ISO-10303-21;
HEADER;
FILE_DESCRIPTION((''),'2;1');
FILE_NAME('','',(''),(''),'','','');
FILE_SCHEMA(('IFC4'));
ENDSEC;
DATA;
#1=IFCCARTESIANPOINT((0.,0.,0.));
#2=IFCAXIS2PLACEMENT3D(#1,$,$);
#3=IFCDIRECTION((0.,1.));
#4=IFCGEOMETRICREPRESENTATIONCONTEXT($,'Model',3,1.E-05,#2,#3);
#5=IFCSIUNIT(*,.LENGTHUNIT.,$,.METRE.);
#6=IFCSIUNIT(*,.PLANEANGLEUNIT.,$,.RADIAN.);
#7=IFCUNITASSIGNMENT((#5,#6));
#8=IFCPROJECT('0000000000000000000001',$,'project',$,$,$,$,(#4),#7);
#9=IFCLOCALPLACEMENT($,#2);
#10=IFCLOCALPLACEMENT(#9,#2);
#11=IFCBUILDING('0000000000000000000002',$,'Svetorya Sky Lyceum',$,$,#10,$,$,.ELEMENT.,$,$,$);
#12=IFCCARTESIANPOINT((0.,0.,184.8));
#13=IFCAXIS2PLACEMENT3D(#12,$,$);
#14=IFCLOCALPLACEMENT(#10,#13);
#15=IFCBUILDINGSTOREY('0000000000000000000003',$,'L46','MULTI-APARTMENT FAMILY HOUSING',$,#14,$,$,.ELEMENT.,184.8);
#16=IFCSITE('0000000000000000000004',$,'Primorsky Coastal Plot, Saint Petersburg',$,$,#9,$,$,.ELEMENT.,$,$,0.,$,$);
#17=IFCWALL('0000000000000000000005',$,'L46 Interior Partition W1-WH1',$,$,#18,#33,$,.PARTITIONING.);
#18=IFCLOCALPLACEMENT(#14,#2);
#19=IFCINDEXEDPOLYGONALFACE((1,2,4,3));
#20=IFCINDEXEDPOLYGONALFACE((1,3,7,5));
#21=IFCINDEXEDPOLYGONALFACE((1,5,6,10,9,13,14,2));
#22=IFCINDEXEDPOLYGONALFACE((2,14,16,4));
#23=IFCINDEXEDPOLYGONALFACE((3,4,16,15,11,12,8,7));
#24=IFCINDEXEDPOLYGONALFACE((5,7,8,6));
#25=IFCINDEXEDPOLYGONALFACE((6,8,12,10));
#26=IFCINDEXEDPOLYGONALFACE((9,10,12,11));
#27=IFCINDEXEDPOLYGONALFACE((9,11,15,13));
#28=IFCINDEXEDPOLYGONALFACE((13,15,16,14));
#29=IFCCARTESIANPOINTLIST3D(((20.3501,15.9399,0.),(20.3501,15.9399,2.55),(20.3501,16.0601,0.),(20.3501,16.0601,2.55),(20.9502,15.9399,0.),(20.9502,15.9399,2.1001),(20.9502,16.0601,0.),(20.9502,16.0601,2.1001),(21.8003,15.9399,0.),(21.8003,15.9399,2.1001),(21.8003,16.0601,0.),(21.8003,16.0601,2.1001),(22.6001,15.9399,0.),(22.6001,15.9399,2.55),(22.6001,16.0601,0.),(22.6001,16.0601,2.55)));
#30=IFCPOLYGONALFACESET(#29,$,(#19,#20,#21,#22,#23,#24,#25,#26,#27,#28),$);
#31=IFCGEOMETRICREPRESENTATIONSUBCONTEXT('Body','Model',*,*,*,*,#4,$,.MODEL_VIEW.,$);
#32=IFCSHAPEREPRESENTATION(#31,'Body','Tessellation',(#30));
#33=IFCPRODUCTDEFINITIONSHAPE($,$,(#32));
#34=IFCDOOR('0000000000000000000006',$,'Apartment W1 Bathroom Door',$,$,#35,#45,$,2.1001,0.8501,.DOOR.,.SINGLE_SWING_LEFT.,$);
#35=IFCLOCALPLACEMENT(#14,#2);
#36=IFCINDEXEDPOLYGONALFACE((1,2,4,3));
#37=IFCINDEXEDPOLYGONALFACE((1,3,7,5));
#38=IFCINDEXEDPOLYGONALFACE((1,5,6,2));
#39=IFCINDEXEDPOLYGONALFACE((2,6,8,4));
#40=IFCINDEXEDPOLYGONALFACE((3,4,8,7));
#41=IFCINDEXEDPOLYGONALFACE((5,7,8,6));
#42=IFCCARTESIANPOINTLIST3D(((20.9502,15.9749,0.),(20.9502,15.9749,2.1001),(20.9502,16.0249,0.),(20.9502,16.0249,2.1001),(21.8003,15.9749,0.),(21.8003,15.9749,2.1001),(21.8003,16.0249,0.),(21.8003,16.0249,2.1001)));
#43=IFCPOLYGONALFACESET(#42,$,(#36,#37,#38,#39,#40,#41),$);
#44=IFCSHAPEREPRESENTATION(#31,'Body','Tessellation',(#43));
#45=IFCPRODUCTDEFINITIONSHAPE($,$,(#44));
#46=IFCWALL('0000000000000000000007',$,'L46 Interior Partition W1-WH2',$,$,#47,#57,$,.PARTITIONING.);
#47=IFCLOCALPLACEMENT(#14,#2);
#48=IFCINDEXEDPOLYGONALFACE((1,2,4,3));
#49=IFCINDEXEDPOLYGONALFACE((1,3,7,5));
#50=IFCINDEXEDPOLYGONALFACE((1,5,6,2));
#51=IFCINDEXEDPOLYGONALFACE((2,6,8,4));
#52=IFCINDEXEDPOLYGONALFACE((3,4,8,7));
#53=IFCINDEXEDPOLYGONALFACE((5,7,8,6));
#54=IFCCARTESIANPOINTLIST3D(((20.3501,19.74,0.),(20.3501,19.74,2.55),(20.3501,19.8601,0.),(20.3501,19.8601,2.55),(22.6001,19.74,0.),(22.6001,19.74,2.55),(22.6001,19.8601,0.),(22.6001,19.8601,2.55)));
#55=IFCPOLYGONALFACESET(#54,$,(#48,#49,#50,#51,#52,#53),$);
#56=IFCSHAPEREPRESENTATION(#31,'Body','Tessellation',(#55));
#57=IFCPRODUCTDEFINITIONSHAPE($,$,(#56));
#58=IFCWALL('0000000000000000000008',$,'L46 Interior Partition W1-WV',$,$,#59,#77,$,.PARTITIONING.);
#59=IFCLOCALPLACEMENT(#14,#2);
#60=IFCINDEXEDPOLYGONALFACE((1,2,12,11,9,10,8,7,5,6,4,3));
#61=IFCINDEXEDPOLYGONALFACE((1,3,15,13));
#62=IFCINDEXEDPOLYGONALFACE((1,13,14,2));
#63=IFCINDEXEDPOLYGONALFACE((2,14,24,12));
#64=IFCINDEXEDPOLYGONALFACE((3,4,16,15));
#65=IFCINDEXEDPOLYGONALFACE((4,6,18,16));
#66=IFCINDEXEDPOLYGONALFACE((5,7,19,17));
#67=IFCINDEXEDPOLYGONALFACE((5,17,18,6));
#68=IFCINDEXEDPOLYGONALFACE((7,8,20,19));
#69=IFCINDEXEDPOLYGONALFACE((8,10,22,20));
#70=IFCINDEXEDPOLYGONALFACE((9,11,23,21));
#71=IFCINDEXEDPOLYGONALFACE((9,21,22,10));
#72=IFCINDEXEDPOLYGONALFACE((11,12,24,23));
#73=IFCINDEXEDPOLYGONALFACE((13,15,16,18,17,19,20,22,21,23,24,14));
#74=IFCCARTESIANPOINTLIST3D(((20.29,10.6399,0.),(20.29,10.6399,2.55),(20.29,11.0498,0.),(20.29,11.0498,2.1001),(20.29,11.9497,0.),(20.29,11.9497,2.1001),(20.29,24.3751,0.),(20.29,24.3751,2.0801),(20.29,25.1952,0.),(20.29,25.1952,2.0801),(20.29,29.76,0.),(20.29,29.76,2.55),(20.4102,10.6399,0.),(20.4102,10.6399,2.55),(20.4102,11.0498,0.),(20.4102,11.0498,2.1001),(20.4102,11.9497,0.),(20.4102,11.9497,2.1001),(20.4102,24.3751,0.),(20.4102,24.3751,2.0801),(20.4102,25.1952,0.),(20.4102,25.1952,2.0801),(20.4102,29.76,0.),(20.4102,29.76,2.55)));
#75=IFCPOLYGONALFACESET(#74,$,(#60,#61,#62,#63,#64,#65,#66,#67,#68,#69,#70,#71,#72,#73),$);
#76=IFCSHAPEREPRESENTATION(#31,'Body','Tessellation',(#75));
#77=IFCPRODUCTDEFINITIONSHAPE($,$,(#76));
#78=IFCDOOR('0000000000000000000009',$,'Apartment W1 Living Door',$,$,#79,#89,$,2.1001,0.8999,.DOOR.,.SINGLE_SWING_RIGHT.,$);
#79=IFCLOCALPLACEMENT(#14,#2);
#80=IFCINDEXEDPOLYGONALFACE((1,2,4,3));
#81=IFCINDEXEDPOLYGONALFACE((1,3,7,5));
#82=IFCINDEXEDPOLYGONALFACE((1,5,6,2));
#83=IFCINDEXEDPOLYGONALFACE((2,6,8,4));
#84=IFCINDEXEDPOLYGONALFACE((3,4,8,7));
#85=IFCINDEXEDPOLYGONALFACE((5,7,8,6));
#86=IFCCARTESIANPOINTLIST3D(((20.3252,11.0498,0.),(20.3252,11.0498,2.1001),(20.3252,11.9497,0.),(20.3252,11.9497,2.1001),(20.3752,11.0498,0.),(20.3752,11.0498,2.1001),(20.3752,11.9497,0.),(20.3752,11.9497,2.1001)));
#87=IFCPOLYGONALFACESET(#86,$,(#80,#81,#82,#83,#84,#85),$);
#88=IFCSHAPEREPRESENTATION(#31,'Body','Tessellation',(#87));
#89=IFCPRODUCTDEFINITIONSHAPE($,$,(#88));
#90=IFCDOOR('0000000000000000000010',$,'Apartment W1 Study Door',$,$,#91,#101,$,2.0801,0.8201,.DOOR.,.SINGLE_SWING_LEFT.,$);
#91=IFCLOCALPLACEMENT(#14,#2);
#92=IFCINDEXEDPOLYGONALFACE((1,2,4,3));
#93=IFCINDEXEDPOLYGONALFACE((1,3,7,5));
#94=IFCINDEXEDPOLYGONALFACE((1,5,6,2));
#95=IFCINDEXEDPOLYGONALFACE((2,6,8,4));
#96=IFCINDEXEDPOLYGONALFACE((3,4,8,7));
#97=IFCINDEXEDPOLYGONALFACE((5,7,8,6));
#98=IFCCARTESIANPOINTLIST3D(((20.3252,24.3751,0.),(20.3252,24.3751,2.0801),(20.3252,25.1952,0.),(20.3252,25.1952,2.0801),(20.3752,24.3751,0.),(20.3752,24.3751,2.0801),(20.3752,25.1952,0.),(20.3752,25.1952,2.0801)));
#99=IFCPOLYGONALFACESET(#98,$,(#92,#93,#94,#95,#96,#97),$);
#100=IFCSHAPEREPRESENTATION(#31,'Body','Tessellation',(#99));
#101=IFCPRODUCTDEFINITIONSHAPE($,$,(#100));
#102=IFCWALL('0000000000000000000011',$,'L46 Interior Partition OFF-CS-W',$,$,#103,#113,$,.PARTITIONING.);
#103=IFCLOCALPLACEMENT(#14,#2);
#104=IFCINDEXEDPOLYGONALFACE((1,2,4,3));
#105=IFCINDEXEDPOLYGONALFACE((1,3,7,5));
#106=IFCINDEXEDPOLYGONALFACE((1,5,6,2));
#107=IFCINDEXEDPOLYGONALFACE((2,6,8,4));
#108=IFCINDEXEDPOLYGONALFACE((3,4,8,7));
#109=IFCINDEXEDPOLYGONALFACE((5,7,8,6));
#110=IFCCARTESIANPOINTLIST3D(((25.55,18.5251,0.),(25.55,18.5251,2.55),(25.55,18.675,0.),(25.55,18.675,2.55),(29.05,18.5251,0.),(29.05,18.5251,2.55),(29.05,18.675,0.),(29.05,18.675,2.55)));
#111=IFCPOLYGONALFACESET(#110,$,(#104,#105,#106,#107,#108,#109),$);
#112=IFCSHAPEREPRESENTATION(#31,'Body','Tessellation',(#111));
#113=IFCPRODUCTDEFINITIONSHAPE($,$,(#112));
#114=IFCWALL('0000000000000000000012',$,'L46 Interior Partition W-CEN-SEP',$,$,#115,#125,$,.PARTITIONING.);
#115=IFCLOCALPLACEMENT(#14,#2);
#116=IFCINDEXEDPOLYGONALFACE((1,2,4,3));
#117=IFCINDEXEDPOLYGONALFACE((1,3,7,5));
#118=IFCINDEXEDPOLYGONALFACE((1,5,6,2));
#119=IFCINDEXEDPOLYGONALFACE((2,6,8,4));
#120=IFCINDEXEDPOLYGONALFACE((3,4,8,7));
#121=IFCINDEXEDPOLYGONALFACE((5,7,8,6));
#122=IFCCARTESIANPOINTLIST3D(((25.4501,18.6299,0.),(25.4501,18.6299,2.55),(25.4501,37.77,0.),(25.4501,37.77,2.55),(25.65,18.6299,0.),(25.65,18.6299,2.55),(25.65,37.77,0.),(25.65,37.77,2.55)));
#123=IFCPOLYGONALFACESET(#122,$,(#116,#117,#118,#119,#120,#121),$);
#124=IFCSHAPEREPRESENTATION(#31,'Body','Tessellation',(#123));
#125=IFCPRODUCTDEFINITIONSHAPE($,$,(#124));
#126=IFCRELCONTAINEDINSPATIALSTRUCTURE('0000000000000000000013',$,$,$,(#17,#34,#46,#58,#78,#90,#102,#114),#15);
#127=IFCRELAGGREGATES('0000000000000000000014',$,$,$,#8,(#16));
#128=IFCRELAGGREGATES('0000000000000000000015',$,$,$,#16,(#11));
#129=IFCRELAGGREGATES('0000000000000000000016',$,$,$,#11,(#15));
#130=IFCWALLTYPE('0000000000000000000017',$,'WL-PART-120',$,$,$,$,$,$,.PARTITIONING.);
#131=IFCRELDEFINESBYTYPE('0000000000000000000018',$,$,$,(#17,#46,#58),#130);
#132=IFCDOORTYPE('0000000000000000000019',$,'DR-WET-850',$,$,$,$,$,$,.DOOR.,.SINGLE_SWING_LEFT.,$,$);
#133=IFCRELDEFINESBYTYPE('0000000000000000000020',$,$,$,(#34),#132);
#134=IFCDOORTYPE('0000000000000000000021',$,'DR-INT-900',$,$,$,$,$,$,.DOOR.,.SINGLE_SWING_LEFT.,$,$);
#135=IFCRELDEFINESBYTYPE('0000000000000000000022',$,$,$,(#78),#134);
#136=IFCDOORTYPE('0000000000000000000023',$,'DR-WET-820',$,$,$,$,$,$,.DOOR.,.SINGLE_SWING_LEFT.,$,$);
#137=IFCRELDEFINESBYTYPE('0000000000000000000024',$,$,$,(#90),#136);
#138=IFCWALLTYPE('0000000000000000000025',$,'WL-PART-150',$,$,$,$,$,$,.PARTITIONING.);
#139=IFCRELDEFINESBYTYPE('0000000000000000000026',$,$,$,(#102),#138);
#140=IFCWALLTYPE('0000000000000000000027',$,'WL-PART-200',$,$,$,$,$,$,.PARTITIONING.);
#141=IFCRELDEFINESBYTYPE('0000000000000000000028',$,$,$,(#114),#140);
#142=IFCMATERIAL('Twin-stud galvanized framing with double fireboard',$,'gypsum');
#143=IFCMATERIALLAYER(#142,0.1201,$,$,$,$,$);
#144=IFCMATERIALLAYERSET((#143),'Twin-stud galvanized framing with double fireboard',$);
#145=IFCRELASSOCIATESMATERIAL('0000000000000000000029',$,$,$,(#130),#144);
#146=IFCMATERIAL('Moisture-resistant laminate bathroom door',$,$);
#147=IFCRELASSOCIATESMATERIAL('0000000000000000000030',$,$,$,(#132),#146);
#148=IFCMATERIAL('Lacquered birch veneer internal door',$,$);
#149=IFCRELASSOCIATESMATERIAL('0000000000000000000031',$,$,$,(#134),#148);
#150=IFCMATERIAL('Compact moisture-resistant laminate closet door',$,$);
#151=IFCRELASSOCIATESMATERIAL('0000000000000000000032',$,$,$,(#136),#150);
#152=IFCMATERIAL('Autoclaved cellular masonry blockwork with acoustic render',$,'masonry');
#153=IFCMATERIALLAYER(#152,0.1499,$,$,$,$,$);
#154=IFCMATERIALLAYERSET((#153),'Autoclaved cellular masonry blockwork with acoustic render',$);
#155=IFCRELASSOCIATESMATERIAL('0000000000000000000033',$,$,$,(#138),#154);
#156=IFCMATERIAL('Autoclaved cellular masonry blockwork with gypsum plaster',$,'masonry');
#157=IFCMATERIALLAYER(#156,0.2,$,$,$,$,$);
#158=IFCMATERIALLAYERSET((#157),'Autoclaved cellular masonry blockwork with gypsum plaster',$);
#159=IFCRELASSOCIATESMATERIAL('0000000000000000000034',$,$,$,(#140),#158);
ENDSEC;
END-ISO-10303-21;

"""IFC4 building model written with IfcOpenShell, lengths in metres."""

from ifc_helpers import new_model, si_unit, direction, frame, frame_2d, origin, place, context, subcontext, project, spatial, rectangle, extrude, material, layer, layer_set, type_object, element, fill, save


model = new_model("IFC4")

# Units and contexts
model_context = context("Model", 3, precision=1e-05, world=origin(), true_north=direction((0.0, 1.0)))
body_context = subcontext(model_context, "Body", "Model", "MODEL_VIEW")
ifc_project = project(units=[si_unit("LENGTHUNIT", "METRE"), si_unit("PLANEANGLEUNIT", "RADIAN")], contexts=[model_context])

# Site, building, storey
site_placement = place(None, origin())
site = spatial("IfcSite", under=ifc_project, at=site_placement, Name="Primorsky Coastal Plot, Saint Petersburg", CompositionType="ELEMENT", RefElevation=0.0)
building_placement = place(site_placement, origin())
building = spatial("IfcBuilding", under=site, at=building_placement, Name="Svetorya Sky Lyceum", CompositionType="ELEMENT")
storey_placement = place(building_placement, frame((0.0, 0.0, 184.8)))
storey = spatial("IfcBuildingStorey", under=building, at=storey_placement, Name="L46", Description="MULTI-APARTMENT FAMILY HOUSING", CompositionType="ELEMENT", Elevation=184.8)

# Wall, opening, door
ifc_material_1 = material(Name="Twin-stud galvanized framing with double fireboard", Category="gypsum")
ifc_layer_1 = layer(ifc_material_1, 0.1201)
ifc_layer_set_1 = layer_set([ifc_layer_1], Name="Twin-stud galvanized framing with double fireboard")
wall_type_1 = type_object("IfcWallType", Name="WL-PART-120", PredefinedType="PARTITIONING", material=ifc_layer_set_1)
wall_1_placement = place(storey_placement, frame((20.3501, 16.0, 0.0), z_axis=(0.0, 0.0, 1.0), x_axis=(1.0, 0.0, 0.0)))
wall_1 = element("IfcWall", 1, at=wall_1_placement, inside=storey, type_object=wall_type_1, Name="L46 Interior Partition W1-WH1", PredefinedType="PARTITIONING", context=body_context, shape_type="SweptSolid", body=[
    extrude(rectangle(XDim=2.25, YDim=0.1201, at=frame_2d((1.125, 0.0))), origin(), (0.0, 0.0, 1.0), 2.55),
])
opening_1_placement = place(wall_1_placement, frame((0.6001, 0.0, 0.0)))
opening_1 = element("IfcOpeningElement", 2, at=opening_1_placement, cuts=wall_1, PredefinedType="OPENING", context=body_context, shape_type="SweptSolid", body=[
    extrude(rectangle(XDim=0.8501, YDim=2.1001, at=frame_2d((0.425, 1.05))), frame((0.0, 0.0701, 0.0), z_axis=(0.0, -1.0, 0.0), x_axis=(1.0, 0.0, 0.0)), (0.0, 0.0, 1.0), 0.1401),
])
ifc_material_2 = material(Name="Moisture-resistant laminate bathroom door")
door_type_1 = type_object("IfcDoorType", Name="DR-WET-850", OperationType="SINGLE_SWING_LEFT", PredefinedType="DOOR", material=ifc_material_2)
door_1_placement = place(opening_1_placement, origin())
door_1 = element("IfcDoor", 3, at=door_1_placement, inside=storey, type_object=door_type_1, Name="Apartment W1 Bathroom Door", OperationType="SINGLE_SWING_LEFT", OverallHeight=2.1001, OverallWidth=0.8501, PredefinedType="DOOR", context=body_context, shape_type="SweptSolid", body=[
    extrude(rectangle(XDim=0.8501, YDim=2.1001, at=frame_2d((0.425, 1.05))), frame((0.0, 0.0249, 0.0), z_axis=(0.0, -1.0, 0.0), x_axis=(1.0, 0.0, 0.0)), (0.0, 0.0, 1.0), 0.05),
])
fill(opening_1, door_1)

# Wall
wall_2_placement = place(storey_placement, frame((20.3501, 19.8, 0.0), z_axis=(0.0, 0.0, 1.0), x_axis=(1.0, 0.0, 0.0)))
element("IfcWall", 4, at=wall_2_placement, inside=storey, type_object=wall_type_1, Name="L46 Interior Partition W1-WH2", PredefinedType="PARTITIONING", context=body_context, shape_type="SweptSolid", body=[
    extrude(rectangle(XDim=2.25, YDim=0.1201, at=frame_2d((1.125, 0.0))), origin(), (0.0, 0.0, 1.0), 2.55),
])

# Wall, openings, doors
wall_3_placement = place(storey_placement, frame((20.3501, 10.6399, 0.0), z_axis=(0.0, 0.0, 1.0), x_axis=(0.0, 1.0, 0.0)))
wall_3 = element("IfcWall", 5, at=wall_3_placement, inside=storey, type_object=wall_type_1, Name="L46 Interior Partition W1-WV", PredefinedType="PARTITIONING", context=body_context, shape_type="SweptSolid", body=[
    extrude(rectangle(XDim=19.1201, YDim=0.1201, at=frame_2d((9.5601, 0.0))), origin(), (0.0, 0.0, 1.0), 2.55),
])
opening_2_placement = place(wall_3_placement, frame((0.4099, 0.0, 0.0)))
opening_2 = element("IfcOpeningElement", 6, at=opening_2_placement, cuts=wall_3, PredefinedType="OPENING", context=body_context, shape_type="SweptSolid", body=[
    extrude(rectangle(XDim=0.8999, YDim=2.1001, at=frame_2d((0.45, 1.05))), frame((0.0, 0.0701, 0.0), z_axis=(0.0, -1.0, 0.0), x_axis=(1.0, 0.0, 0.0)), (0.0, 0.0, 1.0), 0.1401),
])
opening_3_placement = place(wall_3_placement, frame((13.7351, 0.0, 0.0)))
opening_3 = element("IfcOpeningElement", 7, at=opening_3_placement, cuts=wall_3, PredefinedType="OPENING", context=body_context, shape_type="SweptSolid", body=[
    extrude(rectangle(XDim=0.8201, YDim=2.0801, at=frame_2d((0.4102, 1.04))), frame((0.0, 0.0701, 0.0), z_axis=(0.0, -1.0, 0.0), x_axis=(1.0, 0.0, 0.0)), (0.0, 0.0, 1.0), 0.1401),
])
ifc_material_3 = material(Name="Lacquered birch veneer internal door")
door_type_2 = type_object("IfcDoorType", Name="DR-INT-900", OperationType="SINGLE_SWING_LEFT", PredefinedType="DOOR", material=ifc_material_3)
door_2_placement = place(opening_2_placement, origin())
door_2 = element("IfcDoor", 8, at=door_2_placement, inside=storey, type_object=door_type_2, Name="Apartment W1 Living Door", OperationType="SINGLE_SWING_RIGHT", OverallHeight=2.1001, OverallWidth=0.8999, PredefinedType="DOOR", context=body_context, shape_type="SweptSolid", body=[
    extrude(rectangle(XDim=0.8999, YDim=2.1001, at=frame_2d((0.45, 1.05))), frame((0.0, 0.0249, 0.0), z_axis=(0.0, -1.0, 0.0), x_axis=(1.0, 0.0, 0.0)), (0.0, 0.0, 1.0), 0.05),
])
fill(opening_2, door_2)
ifc_material_4 = material(Name="Compact moisture-resistant laminate closet door")
door_type_3 = type_object("IfcDoorType", Name="DR-WET-820", OperationType="SINGLE_SWING_LEFT", PredefinedType="DOOR", material=ifc_material_4)
door_3_placement = place(opening_3_placement, origin())
door_3 = element("IfcDoor", 9, at=door_3_placement, inside=storey, type_object=door_type_3, Name="Apartment W1 Study Door", OperationType="SINGLE_SWING_LEFT", OverallHeight=2.0801, OverallWidth=0.8201, PredefinedType="DOOR", context=body_context, shape_type="SweptSolid", body=[
    extrude(rectangle(XDim=0.8201, YDim=2.0801, at=frame_2d((0.4102, 1.04))), frame((0.0, 0.0249, 0.0), z_axis=(0.0, -1.0, 0.0), x_axis=(1.0, 0.0, 0.0)), (0.0, 0.0, 1.0), 0.05),
])
fill(opening_3, door_3)

# Walls
ifc_material_5 = material(Name="Autoclaved cellular masonry blockwork with acoustic render", Category="masonry")
ifc_layer_2 = layer(ifc_material_5, 0.1499)
ifc_layer_set_2 = layer_set([ifc_layer_2], Name="Autoclaved cellular masonry blockwork with acoustic render")
wall_type_2 = type_object("IfcWallType", Name="WL-PART-150", PredefinedType="PARTITIONING", material=ifc_layer_set_2)
wall_4_placement = place(storey_placement, frame((25.55, 18.6001, 0.0), z_axis=(0.0, 0.0, 1.0), x_axis=(1.0, 0.0, 0.0)))
element("IfcWall", 10, at=wall_4_placement, inside=storey, type_object=wall_type_2, Name="L46 Interior Partition OFF-CS-W", PredefinedType="PARTITIONING", context=body_context, shape_type="SweptSolid", body=[
    extrude(rectangle(XDim=3.5, YDim=0.1499, at=frame_2d((1.75, 0.0))), origin(), (0.0, 0.0, 1.0), 2.55),
])
ifc_material_6 = material(Name="Autoclaved cellular masonry blockwork with gypsum plaster", Category="masonry")
ifc_layer_3 = layer(ifc_material_6, 0.2)
ifc_layer_set_3 = layer_set([ifc_layer_3], Name="Autoclaved cellular masonry blockwork with gypsum plaster")
wall_type_3 = type_object("IfcWallType", Name="WL-PART-200", PredefinedType="PARTITIONING", material=ifc_layer_set_3)
wall_5_placement = place(storey_placement, frame((25.55, 18.6299, 0.0), z_axis=(0.0, 0.0, 1.0), x_axis=(0.0, 1.0, 0.0)))
element("IfcWall", 11, at=wall_5_placement, inside=storey, type_object=wall_type_3, Name="L46 Interior Partition W-CEN-SEP", PredefinedType="PARTITIONING", context=body_context, shape_type="SweptSolid", body=[
    extrude(rectangle(XDim=19.1401, YDim=0.2, at=frame_2d((9.5701, 0.0))), origin(), (0.0, 0.0, 1.0), 2.55),
])

save(model, "model.ifc")
